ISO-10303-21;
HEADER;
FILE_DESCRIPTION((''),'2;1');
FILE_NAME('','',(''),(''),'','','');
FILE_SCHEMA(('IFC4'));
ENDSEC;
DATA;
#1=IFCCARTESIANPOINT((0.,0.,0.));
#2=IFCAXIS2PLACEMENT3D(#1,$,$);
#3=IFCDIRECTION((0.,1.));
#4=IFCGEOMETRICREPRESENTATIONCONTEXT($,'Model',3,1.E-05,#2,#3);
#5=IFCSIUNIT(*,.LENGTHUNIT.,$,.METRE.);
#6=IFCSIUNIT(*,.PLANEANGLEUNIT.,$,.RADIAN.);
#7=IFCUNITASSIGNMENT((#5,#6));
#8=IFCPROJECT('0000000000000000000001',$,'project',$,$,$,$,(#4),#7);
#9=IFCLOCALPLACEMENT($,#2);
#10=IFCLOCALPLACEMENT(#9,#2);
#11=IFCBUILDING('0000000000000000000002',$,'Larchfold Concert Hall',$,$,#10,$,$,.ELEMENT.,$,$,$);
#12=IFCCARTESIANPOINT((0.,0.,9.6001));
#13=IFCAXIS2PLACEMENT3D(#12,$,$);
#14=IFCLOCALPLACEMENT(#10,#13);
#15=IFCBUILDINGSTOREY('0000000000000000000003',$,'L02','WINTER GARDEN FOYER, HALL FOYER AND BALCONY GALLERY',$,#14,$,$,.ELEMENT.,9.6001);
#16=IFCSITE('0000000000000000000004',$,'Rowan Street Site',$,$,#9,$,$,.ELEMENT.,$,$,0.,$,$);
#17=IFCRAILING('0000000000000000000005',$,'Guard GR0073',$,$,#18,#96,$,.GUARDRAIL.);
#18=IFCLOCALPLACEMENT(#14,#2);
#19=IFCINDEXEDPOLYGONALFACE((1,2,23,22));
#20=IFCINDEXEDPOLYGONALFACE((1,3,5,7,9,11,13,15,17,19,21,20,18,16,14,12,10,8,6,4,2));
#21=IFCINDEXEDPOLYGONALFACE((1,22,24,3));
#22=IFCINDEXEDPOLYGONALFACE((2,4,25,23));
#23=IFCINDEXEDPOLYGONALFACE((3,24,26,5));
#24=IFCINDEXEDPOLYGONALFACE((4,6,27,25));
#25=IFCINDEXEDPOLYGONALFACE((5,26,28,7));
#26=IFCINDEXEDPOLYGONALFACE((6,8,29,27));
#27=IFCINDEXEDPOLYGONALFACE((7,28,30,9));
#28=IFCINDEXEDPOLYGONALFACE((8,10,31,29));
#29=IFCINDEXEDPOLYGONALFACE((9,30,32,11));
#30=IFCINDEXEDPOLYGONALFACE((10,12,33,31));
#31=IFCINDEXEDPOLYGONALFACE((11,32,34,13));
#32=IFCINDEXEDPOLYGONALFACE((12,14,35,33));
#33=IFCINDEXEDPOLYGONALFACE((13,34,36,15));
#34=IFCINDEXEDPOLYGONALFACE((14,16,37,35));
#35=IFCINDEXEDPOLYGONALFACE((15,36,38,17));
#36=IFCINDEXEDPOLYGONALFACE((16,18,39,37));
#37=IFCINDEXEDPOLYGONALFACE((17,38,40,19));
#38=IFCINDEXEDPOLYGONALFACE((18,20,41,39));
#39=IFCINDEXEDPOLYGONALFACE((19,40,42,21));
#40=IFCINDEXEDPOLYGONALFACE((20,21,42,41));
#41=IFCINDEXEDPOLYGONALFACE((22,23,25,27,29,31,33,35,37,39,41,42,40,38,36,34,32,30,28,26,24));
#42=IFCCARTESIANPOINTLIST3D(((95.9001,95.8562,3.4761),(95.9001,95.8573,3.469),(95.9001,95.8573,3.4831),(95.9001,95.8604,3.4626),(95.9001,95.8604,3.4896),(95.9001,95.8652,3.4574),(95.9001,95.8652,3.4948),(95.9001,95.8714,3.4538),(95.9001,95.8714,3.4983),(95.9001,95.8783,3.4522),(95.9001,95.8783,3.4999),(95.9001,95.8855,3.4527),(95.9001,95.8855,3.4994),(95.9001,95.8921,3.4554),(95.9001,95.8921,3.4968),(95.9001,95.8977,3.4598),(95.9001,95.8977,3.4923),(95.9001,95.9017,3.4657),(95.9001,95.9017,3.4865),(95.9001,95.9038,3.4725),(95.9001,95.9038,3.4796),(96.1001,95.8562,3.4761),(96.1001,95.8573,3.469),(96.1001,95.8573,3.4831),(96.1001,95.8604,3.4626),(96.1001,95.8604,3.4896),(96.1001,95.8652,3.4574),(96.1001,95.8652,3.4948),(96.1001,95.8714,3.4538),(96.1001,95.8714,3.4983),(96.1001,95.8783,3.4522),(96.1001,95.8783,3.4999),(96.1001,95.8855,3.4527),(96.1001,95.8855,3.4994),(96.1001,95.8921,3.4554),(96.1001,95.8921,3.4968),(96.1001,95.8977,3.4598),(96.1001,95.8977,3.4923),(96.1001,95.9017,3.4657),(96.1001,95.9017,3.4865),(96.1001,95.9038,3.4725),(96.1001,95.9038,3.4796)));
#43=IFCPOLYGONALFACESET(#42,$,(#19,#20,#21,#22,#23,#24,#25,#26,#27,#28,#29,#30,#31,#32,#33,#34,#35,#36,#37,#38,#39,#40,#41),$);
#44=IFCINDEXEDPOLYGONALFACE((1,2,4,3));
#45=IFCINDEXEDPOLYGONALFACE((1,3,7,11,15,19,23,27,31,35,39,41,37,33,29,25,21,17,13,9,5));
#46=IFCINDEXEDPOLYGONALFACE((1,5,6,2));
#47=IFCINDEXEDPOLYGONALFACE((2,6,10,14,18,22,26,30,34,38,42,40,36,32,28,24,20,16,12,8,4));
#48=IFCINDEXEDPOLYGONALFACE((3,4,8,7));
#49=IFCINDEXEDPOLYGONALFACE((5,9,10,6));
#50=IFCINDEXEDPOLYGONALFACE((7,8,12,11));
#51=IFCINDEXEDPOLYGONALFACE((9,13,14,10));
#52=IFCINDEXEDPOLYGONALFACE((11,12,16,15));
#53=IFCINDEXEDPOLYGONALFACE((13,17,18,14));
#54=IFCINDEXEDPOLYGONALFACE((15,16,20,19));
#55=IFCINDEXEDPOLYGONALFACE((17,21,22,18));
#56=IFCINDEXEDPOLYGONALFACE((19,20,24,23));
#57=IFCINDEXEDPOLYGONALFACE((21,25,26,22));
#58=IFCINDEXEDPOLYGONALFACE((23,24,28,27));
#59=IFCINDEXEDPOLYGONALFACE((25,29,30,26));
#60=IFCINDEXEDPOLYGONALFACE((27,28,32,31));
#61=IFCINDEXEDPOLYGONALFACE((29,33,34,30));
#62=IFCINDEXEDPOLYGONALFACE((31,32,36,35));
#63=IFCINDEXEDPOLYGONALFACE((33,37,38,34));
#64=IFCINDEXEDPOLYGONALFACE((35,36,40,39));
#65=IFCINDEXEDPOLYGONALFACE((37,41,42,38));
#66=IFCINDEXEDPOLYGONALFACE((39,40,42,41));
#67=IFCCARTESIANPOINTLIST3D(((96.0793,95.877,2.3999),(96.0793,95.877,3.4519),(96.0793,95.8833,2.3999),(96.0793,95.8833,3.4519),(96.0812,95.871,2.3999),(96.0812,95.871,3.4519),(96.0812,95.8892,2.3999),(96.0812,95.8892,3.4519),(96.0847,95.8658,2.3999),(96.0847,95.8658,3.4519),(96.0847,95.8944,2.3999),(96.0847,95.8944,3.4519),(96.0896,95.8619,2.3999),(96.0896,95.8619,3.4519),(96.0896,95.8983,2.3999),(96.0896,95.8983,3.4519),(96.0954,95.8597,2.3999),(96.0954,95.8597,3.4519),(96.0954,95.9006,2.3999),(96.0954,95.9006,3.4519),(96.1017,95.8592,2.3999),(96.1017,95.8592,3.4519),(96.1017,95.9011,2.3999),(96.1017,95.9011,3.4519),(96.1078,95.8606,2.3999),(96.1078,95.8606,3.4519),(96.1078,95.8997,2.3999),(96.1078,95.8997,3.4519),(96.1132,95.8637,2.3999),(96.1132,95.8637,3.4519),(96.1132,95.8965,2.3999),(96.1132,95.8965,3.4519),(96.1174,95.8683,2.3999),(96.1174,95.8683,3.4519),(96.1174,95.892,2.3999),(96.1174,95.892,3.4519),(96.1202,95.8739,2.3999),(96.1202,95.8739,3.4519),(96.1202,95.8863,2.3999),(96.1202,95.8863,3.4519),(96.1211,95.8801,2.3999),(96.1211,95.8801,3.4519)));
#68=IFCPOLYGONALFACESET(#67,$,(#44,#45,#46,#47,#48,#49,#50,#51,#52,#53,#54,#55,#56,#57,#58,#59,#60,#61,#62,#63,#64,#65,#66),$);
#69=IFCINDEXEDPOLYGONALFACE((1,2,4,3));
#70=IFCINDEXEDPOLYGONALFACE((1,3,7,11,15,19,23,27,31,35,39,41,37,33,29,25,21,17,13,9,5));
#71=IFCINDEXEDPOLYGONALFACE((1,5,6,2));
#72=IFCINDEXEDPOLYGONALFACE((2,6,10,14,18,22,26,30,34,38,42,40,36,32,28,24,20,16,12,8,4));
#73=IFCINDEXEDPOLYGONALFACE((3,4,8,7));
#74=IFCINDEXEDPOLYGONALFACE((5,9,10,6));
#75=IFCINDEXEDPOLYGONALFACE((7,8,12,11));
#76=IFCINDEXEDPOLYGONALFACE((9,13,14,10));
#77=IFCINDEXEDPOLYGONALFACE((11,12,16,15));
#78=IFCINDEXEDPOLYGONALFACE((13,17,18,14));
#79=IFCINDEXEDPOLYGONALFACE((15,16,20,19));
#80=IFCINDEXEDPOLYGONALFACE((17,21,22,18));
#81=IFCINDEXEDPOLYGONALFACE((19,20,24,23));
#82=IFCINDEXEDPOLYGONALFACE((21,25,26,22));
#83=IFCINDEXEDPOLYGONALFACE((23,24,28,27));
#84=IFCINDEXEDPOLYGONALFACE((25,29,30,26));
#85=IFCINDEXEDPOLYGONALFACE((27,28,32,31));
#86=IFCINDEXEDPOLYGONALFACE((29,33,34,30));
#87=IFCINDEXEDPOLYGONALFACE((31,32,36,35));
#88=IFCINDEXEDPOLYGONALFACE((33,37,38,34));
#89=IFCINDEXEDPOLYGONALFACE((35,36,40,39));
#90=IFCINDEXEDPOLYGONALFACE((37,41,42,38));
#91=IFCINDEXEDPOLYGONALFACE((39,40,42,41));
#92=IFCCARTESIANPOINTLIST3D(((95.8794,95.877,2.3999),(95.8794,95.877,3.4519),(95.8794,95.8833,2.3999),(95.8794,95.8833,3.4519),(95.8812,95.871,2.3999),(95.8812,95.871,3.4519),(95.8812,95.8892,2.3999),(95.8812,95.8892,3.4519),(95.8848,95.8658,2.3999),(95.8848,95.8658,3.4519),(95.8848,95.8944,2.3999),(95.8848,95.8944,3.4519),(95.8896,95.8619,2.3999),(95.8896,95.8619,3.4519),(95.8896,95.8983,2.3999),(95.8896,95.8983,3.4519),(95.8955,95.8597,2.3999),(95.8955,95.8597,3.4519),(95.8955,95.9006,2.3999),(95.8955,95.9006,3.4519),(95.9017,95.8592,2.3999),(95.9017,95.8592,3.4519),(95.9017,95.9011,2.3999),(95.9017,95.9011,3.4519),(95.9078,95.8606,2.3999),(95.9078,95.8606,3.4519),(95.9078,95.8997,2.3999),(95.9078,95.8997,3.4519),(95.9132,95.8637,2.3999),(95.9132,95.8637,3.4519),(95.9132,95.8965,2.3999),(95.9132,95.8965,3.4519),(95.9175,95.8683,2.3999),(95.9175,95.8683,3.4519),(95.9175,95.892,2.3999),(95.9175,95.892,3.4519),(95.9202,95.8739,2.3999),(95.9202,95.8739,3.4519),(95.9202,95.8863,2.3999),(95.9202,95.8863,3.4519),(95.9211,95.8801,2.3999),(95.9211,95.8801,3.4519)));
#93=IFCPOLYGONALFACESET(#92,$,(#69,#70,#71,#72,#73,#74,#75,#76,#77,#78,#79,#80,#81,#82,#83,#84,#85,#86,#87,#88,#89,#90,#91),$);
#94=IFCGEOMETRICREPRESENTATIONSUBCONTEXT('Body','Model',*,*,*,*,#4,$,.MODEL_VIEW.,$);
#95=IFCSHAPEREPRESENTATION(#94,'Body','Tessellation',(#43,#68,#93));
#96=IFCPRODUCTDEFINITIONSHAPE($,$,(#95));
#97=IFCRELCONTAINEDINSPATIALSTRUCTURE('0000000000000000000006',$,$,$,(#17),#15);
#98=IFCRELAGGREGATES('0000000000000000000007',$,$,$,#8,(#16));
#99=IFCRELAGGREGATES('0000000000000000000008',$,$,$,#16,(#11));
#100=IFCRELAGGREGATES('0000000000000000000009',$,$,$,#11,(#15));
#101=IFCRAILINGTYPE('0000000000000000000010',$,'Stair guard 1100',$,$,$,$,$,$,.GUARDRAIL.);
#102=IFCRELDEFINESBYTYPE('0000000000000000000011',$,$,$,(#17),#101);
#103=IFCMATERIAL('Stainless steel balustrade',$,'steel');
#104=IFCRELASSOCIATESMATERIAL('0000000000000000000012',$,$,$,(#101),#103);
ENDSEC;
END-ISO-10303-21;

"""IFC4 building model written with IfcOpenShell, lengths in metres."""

from ifc_helpers import new_model, si_unit, direction, frame, origin, origin_2d, place, context, subcontext, project, spatial, circle, extrude, material, type_object, element, save


model = new_model("IFC4")

# Units and contexts
model_context = context("Model", 3, precision=1e-05, world=origin(), true_north=direction((0.0, 1.0)))
body_context = subcontext(model_context, "Body", "Model", "MODEL_VIEW")
ifc_project = project(units=[si_unit("LENGTHUNIT", "METRE"), si_unit("PLANEANGLEUNIT", "RADIAN")], contexts=[model_context])

# Site, building, storey
site_placement = place(None, origin())
site = spatial("IfcSite", under=ifc_project, at=site_placement, Name="Rowan Street Site", CompositionType="ELEMENT", RefElevation=0.0)
building_placement = place(site_placement, origin())
building = spatial("IfcBuilding", under=site, at=building_placement, Name="Larchfold Concert Hall", CompositionType="ELEMENT")
storey_placement = place(building_placement, frame((0.0, 0.0, 9.6001)))
storey = spatial("IfcBuildingStorey", under=building, at=storey_placement, Name="L02", Description="WINTER GARDEN FOYER, HALL FOYER AND BALCONY GALLERY", CompositionType="ELEMENT", Elevation=9.6001)

# Railing
ifc_material_1 = material(Name="Stainless steel balustrade", Category="steel")
railing_type_1 = type_object("IfcRailingType", Name="Stair guard 1100", PredefinedType="GUARDRAIL", material=ifc_material_1)
railing_1_placement = place(storey_placement, frame((96.1001, 95.8801, 2.3999)))
element("IfcRailing", 1, at=railing_1_placement, inside=storey, type_object=railing_type_1, Name="Guard GR0073", PredefinedType="GUARDRAIL", context=body_context, shape_type="SweptSolid", body=[
    extrude(circle(Radius=0.0239, at=origin_2d()), frame((0.0, 0.0, 1.0762), z_axis=(-1.0, 0.0, 0.0), x_axis=(0.0, -1.0, 0.0)), (0.0, 0.0, 1.0), 0.2),
    extrude(circle(Radius=0.021, at=origin_2d()), origin(), (0.0, 0.0, 1.0), 1.052),
    extrude(circle(Radius=0.021, at=origin_2d()), frame((-0.2, 0.0, 0.0)), (0.0, 0.0, 1.0), 1.052),
])

save(model, "model.ifc")
